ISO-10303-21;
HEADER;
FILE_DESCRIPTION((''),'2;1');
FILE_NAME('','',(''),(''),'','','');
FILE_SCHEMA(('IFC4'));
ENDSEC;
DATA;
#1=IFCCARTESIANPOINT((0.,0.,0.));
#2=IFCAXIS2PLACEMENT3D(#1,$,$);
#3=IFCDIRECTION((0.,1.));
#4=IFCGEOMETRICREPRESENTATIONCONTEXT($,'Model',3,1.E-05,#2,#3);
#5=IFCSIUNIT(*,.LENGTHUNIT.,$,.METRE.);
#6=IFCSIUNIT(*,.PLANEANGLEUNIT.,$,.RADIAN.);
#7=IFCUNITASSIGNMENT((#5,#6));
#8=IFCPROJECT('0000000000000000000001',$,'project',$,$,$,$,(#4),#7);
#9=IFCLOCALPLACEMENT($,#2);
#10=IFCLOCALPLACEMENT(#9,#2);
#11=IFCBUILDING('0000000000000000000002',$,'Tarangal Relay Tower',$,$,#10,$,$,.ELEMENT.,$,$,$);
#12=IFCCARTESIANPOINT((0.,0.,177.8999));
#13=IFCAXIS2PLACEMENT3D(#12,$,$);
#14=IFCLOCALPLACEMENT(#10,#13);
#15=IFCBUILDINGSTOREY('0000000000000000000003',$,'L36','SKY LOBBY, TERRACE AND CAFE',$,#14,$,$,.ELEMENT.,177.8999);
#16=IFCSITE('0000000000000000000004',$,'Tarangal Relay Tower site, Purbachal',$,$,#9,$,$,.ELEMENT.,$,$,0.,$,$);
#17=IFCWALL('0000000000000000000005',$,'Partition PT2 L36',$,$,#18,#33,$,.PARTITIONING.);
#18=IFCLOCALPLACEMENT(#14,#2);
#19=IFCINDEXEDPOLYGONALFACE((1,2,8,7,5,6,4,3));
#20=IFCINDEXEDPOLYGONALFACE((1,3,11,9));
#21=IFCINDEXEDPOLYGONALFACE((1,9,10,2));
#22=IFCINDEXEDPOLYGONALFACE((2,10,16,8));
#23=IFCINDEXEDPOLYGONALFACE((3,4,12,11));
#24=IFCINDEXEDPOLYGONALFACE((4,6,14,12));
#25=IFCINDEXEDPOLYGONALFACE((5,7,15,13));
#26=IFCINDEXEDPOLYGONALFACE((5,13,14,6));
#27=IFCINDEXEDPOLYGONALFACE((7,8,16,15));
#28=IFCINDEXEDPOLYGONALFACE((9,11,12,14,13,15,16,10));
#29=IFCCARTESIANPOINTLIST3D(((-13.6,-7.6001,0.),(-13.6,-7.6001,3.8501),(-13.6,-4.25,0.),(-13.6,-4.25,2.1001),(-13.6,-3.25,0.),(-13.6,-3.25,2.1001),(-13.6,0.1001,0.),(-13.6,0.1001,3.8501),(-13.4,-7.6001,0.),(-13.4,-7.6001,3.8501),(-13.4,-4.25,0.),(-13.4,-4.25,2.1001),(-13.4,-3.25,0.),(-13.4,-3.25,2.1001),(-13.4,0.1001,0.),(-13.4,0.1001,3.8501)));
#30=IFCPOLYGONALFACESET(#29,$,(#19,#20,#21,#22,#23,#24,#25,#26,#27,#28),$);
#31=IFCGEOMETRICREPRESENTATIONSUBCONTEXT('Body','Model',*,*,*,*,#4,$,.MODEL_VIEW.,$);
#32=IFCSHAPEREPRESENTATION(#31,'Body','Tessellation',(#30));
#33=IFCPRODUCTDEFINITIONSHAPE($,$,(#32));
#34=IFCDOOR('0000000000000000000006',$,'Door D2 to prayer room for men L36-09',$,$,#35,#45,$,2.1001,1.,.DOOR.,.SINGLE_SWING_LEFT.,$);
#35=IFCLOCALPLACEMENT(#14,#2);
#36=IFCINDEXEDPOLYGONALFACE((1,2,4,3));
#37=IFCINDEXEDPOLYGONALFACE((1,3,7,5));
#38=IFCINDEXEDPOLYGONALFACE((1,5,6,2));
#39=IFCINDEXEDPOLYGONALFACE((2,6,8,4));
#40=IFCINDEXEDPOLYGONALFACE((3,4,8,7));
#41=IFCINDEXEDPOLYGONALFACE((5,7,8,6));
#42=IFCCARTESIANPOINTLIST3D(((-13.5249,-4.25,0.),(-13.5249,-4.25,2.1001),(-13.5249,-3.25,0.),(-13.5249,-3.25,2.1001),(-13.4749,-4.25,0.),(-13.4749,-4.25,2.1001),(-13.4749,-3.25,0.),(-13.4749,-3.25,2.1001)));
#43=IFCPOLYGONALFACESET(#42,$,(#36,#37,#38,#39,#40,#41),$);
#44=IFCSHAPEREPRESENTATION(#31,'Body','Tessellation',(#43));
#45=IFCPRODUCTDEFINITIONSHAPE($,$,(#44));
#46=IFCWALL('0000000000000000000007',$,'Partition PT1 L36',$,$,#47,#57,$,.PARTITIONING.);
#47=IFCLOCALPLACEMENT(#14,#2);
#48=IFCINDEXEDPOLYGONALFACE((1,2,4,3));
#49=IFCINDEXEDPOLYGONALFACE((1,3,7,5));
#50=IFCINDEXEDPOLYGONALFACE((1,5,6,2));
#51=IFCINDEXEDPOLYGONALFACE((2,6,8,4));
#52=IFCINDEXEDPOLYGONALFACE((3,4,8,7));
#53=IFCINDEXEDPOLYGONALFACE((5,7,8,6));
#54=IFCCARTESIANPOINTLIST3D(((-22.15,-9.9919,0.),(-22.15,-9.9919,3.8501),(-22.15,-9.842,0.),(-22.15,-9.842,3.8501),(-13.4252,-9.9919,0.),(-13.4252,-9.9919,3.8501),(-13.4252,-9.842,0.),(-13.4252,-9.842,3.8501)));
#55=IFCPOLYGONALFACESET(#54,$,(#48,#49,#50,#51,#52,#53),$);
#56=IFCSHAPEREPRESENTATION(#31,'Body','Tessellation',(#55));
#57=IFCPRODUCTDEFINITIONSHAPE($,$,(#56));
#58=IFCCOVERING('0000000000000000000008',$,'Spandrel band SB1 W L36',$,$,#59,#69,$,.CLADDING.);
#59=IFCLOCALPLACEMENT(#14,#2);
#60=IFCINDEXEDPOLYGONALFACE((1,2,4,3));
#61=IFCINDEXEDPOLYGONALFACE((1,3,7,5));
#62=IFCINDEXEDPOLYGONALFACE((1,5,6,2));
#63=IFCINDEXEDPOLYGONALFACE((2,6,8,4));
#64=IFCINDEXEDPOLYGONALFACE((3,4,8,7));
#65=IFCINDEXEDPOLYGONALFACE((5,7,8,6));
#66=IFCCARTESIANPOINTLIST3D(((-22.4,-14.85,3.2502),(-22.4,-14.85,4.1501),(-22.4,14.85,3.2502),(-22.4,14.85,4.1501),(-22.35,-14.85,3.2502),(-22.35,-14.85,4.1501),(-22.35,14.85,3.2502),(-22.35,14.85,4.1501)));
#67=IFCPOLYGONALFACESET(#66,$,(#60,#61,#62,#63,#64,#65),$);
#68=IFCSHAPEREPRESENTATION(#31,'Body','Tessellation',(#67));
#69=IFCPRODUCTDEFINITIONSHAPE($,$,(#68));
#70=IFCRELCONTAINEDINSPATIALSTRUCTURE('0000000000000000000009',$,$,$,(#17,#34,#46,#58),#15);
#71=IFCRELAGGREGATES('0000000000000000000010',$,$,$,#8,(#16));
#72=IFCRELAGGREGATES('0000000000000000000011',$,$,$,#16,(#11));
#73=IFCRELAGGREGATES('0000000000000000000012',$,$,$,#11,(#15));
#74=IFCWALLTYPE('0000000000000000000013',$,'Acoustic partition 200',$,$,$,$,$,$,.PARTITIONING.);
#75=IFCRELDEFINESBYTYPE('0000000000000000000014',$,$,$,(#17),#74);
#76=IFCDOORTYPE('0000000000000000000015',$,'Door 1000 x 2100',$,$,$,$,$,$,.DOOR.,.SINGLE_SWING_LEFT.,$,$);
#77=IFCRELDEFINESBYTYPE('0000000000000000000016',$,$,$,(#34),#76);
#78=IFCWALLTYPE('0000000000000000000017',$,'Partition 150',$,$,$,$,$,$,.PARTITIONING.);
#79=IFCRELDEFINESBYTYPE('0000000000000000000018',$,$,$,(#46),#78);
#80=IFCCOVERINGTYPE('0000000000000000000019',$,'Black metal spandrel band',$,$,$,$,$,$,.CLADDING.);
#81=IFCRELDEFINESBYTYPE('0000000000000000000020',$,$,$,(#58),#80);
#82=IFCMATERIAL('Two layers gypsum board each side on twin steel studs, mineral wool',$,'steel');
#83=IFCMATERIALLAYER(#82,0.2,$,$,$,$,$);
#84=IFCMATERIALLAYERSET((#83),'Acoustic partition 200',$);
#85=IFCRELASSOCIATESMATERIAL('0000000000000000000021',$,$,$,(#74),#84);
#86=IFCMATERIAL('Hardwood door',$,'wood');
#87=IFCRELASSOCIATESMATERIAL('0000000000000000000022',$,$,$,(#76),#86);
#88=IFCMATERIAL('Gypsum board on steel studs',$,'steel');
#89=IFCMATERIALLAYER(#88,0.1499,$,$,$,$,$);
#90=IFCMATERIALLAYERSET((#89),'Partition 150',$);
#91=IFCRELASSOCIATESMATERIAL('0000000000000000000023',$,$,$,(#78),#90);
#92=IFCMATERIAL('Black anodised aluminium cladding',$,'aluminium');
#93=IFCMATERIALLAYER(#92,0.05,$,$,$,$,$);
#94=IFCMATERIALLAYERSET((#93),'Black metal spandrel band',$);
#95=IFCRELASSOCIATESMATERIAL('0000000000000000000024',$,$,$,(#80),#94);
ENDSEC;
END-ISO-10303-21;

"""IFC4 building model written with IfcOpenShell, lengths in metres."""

from ifc_helpers import new_model, si_unit, direction, frame, frame_2d, origin, origin_2d, place, context, subcontext, project, spatial, rectangle, extrude, material, layer, layer_set, type_object, element, fill, save


model = new_model("IFC4")

# Units and contexts
model_context = context("Model", 3, precision=1e-05, world=origin(), true_north=direction((0.0, 1.0)))
body_context = subcontext(model_context, "Body", "Model", "MODEL_VIEW")
ifc_project = project(units=[si_unit("LENGTHUNIT", "METRE"), si_unit("PLANEANGLEUNIT", "RADIAN")], contexts=[model_context])

# Site, building, storey
site_placement = place(None, origin())
site = spatial("IfcSite", under=ifc_project, at=site_placement, Name="Tarangal Relay Tower site, Purbachal", CompositionType="ELEMENT", RefElevation=0.0)
building_placement = place(site_placement, origin())
building = spatial("IfcBuilding", under=site, at=building_placement, Name="Tarangal Relay Tower", CompositionType="ELEMENT")
storey_placement = place(building_placement, frame((0.0, 0.0, 177.8999)))
storey = spatial("IfcBuildingStorey", under=building, at=storey_placement, Name="L36", Description="SKY LOBBY, TERRACE AND CAFE", CompositionType="ELEMENT", Elevation=177.8999)

# Shared definitions
ifc_material_1 = material(Name="Two layers gypsum board each side on twin steel studs, mineral wool", Category="steel")
ifc_layer_1 = layer(ifc_material_1, 0.2)
ifc_layer_set_1 = layer_set([ifc_layer_1], Name="Acoustic partition 200")
wall_type_1 = type_object("IfcWallType", Name="Acoustic partition 200", PredefinedType="PARTITIONING", material=ifc_layer_set_1)

# Wall, opening, door
wall_1_placement = place(storey_placement, frame((-13.5, -7.6001, 0.0), z_axis=(0.0, 0.0, 1.0), x_axis=(0.0, 1.0, 0.0)))
wall_1 = element("IfcWall", 1, at=wall_1_placement, inside=storey, type_object=wall_type_1, Name="Partition PT2 L36", PredefinedType="PARTITIONING", context=body_context, shape_type="SweptSolid", body=[
    extrude(rectangle(XDim=7.7002, YDim=0.2, at=frame_2d((3.8501, 0.0))), origin(), (0.0, 0.0, 1.0), 3.8501),
])
opening_placement = place(wall_1_placement, frame((3.3501, 0.0, 0.0)))
opening = element("IfcOpeningElement", 2, at=opening_placement, cuts=wall_1, PredefinedType="OPENING", context=body_context, shape_type="SweptSolid", body=[
    extrude(rectangle(XDim=1.0, YDim=2.1001, at=frame_2d((0.5, 1.05))), frame((0.0, 0.1099, 0.0), z_axis=(0.0, -1.0, 0.0), x_axis=(1.0, 0.0, 0.0)), (0.0, 0.0, 1.0), 0.22),
])
ifc_material_2 = material(Name="Hardwood door", Category="wood")
door_type = type_object("IfcDoorType", Name="Door 1000 x 2100", OperationType="SINGLE_SWING_LEFT", PredefinedType="DOOR", material=ifc_material_2)
door_placement = place(opening_placement, origin())
door = element("IfcDoor", 3, at=door_placement, inside=storey, type_object=door_type, Name="Door D2 to prayer room for men L36-09", OperationType="SINGLE_SWING_LEFT", OverallHeight=2.1001, OverallWidth=1.0, PredefinedType="DOOR", context=body_context, shape_type="SweptSolid", body=[
    extrude(rectangle(XDim=1.0, YDim=2.1001, at=frame_2d((0.5, 1.05))), frame((0.0, 0.0249, 0.0), z_axis=(0.0, -1.0, 0.0), x_axis=(1.0, 0.0, 0.0)), (0.0, 0.0, 1.0), 0.05),
])
fill(opening, door)

# Wall
ifc_material_3 = material(Name="Gypsum board on steel studs", Category="steel")
ifc_layer_2 = layer(ifc_material_3, 0.1499)
ifc_layer_set_2 = layer_set([ifc_layer_2], Name="Partition 150")
wall_type_2 = type_object("IfcWallType", Name="Partition 150", PredefinedType="PARTITIONING", material=ifc_layer_set_2)
wall_2_placement = place(storey_placement, frame((-22.1499, -9.917, 0.0), z_axis=(0.0, 0.0, 1.0), x_axis=(1.0, 0.0, 0.0)))
element("IfcWall", 4, at=wall_2_placement, inside=storey, type_object=wall_type_2, Name="Partition PT1 L36", PredefinedType="PARTITIONING", context=body_context, shape_type="SweptSolid", body=[
    extrude(rectangle(XDim=8.7249, YDim=0.1499, at=frame_2d((4.3623, 0.0))), origin(), (0.0, 0.0, 1.0), 3.8501),
])

# Covering
ifc_material_4 = material(Name="Black anodised aluminium cladding", Category="aluminium")
ifc_layer_3 = layer(ifc_material_4, 0.05)
ifc_layer_set_3 = layer_set([ifc_layer_3], Name="Black metal spandrel band")
covering_type = type_object("IfcCoveringType", Name="Black metal spandrel band", PredefinedType="CLADDING", material=ifc_layer_set_3)
covering_placement = place(storey_placement, frame((-22.375, 0.0, 3.2502), z_axis=(0.0, 0.0, 1.0), x_axis=(0.0, 1.0, 0.0)))
element("IfcCovering", 5, at=covering_placement, inside=storey, type_object=covering_type, Name="Spandrel band SB1 W L36", PredefinedType="CLADDING", context=body_context, shape_type="SweptSolid", body=[
    extrude(rectangle(XDim=29.7, YDim=0.05, at=origin_2d()), origin(), (0.0, 0.0, 1.0), 0.8999),
])

save(model, "model.ifc")
